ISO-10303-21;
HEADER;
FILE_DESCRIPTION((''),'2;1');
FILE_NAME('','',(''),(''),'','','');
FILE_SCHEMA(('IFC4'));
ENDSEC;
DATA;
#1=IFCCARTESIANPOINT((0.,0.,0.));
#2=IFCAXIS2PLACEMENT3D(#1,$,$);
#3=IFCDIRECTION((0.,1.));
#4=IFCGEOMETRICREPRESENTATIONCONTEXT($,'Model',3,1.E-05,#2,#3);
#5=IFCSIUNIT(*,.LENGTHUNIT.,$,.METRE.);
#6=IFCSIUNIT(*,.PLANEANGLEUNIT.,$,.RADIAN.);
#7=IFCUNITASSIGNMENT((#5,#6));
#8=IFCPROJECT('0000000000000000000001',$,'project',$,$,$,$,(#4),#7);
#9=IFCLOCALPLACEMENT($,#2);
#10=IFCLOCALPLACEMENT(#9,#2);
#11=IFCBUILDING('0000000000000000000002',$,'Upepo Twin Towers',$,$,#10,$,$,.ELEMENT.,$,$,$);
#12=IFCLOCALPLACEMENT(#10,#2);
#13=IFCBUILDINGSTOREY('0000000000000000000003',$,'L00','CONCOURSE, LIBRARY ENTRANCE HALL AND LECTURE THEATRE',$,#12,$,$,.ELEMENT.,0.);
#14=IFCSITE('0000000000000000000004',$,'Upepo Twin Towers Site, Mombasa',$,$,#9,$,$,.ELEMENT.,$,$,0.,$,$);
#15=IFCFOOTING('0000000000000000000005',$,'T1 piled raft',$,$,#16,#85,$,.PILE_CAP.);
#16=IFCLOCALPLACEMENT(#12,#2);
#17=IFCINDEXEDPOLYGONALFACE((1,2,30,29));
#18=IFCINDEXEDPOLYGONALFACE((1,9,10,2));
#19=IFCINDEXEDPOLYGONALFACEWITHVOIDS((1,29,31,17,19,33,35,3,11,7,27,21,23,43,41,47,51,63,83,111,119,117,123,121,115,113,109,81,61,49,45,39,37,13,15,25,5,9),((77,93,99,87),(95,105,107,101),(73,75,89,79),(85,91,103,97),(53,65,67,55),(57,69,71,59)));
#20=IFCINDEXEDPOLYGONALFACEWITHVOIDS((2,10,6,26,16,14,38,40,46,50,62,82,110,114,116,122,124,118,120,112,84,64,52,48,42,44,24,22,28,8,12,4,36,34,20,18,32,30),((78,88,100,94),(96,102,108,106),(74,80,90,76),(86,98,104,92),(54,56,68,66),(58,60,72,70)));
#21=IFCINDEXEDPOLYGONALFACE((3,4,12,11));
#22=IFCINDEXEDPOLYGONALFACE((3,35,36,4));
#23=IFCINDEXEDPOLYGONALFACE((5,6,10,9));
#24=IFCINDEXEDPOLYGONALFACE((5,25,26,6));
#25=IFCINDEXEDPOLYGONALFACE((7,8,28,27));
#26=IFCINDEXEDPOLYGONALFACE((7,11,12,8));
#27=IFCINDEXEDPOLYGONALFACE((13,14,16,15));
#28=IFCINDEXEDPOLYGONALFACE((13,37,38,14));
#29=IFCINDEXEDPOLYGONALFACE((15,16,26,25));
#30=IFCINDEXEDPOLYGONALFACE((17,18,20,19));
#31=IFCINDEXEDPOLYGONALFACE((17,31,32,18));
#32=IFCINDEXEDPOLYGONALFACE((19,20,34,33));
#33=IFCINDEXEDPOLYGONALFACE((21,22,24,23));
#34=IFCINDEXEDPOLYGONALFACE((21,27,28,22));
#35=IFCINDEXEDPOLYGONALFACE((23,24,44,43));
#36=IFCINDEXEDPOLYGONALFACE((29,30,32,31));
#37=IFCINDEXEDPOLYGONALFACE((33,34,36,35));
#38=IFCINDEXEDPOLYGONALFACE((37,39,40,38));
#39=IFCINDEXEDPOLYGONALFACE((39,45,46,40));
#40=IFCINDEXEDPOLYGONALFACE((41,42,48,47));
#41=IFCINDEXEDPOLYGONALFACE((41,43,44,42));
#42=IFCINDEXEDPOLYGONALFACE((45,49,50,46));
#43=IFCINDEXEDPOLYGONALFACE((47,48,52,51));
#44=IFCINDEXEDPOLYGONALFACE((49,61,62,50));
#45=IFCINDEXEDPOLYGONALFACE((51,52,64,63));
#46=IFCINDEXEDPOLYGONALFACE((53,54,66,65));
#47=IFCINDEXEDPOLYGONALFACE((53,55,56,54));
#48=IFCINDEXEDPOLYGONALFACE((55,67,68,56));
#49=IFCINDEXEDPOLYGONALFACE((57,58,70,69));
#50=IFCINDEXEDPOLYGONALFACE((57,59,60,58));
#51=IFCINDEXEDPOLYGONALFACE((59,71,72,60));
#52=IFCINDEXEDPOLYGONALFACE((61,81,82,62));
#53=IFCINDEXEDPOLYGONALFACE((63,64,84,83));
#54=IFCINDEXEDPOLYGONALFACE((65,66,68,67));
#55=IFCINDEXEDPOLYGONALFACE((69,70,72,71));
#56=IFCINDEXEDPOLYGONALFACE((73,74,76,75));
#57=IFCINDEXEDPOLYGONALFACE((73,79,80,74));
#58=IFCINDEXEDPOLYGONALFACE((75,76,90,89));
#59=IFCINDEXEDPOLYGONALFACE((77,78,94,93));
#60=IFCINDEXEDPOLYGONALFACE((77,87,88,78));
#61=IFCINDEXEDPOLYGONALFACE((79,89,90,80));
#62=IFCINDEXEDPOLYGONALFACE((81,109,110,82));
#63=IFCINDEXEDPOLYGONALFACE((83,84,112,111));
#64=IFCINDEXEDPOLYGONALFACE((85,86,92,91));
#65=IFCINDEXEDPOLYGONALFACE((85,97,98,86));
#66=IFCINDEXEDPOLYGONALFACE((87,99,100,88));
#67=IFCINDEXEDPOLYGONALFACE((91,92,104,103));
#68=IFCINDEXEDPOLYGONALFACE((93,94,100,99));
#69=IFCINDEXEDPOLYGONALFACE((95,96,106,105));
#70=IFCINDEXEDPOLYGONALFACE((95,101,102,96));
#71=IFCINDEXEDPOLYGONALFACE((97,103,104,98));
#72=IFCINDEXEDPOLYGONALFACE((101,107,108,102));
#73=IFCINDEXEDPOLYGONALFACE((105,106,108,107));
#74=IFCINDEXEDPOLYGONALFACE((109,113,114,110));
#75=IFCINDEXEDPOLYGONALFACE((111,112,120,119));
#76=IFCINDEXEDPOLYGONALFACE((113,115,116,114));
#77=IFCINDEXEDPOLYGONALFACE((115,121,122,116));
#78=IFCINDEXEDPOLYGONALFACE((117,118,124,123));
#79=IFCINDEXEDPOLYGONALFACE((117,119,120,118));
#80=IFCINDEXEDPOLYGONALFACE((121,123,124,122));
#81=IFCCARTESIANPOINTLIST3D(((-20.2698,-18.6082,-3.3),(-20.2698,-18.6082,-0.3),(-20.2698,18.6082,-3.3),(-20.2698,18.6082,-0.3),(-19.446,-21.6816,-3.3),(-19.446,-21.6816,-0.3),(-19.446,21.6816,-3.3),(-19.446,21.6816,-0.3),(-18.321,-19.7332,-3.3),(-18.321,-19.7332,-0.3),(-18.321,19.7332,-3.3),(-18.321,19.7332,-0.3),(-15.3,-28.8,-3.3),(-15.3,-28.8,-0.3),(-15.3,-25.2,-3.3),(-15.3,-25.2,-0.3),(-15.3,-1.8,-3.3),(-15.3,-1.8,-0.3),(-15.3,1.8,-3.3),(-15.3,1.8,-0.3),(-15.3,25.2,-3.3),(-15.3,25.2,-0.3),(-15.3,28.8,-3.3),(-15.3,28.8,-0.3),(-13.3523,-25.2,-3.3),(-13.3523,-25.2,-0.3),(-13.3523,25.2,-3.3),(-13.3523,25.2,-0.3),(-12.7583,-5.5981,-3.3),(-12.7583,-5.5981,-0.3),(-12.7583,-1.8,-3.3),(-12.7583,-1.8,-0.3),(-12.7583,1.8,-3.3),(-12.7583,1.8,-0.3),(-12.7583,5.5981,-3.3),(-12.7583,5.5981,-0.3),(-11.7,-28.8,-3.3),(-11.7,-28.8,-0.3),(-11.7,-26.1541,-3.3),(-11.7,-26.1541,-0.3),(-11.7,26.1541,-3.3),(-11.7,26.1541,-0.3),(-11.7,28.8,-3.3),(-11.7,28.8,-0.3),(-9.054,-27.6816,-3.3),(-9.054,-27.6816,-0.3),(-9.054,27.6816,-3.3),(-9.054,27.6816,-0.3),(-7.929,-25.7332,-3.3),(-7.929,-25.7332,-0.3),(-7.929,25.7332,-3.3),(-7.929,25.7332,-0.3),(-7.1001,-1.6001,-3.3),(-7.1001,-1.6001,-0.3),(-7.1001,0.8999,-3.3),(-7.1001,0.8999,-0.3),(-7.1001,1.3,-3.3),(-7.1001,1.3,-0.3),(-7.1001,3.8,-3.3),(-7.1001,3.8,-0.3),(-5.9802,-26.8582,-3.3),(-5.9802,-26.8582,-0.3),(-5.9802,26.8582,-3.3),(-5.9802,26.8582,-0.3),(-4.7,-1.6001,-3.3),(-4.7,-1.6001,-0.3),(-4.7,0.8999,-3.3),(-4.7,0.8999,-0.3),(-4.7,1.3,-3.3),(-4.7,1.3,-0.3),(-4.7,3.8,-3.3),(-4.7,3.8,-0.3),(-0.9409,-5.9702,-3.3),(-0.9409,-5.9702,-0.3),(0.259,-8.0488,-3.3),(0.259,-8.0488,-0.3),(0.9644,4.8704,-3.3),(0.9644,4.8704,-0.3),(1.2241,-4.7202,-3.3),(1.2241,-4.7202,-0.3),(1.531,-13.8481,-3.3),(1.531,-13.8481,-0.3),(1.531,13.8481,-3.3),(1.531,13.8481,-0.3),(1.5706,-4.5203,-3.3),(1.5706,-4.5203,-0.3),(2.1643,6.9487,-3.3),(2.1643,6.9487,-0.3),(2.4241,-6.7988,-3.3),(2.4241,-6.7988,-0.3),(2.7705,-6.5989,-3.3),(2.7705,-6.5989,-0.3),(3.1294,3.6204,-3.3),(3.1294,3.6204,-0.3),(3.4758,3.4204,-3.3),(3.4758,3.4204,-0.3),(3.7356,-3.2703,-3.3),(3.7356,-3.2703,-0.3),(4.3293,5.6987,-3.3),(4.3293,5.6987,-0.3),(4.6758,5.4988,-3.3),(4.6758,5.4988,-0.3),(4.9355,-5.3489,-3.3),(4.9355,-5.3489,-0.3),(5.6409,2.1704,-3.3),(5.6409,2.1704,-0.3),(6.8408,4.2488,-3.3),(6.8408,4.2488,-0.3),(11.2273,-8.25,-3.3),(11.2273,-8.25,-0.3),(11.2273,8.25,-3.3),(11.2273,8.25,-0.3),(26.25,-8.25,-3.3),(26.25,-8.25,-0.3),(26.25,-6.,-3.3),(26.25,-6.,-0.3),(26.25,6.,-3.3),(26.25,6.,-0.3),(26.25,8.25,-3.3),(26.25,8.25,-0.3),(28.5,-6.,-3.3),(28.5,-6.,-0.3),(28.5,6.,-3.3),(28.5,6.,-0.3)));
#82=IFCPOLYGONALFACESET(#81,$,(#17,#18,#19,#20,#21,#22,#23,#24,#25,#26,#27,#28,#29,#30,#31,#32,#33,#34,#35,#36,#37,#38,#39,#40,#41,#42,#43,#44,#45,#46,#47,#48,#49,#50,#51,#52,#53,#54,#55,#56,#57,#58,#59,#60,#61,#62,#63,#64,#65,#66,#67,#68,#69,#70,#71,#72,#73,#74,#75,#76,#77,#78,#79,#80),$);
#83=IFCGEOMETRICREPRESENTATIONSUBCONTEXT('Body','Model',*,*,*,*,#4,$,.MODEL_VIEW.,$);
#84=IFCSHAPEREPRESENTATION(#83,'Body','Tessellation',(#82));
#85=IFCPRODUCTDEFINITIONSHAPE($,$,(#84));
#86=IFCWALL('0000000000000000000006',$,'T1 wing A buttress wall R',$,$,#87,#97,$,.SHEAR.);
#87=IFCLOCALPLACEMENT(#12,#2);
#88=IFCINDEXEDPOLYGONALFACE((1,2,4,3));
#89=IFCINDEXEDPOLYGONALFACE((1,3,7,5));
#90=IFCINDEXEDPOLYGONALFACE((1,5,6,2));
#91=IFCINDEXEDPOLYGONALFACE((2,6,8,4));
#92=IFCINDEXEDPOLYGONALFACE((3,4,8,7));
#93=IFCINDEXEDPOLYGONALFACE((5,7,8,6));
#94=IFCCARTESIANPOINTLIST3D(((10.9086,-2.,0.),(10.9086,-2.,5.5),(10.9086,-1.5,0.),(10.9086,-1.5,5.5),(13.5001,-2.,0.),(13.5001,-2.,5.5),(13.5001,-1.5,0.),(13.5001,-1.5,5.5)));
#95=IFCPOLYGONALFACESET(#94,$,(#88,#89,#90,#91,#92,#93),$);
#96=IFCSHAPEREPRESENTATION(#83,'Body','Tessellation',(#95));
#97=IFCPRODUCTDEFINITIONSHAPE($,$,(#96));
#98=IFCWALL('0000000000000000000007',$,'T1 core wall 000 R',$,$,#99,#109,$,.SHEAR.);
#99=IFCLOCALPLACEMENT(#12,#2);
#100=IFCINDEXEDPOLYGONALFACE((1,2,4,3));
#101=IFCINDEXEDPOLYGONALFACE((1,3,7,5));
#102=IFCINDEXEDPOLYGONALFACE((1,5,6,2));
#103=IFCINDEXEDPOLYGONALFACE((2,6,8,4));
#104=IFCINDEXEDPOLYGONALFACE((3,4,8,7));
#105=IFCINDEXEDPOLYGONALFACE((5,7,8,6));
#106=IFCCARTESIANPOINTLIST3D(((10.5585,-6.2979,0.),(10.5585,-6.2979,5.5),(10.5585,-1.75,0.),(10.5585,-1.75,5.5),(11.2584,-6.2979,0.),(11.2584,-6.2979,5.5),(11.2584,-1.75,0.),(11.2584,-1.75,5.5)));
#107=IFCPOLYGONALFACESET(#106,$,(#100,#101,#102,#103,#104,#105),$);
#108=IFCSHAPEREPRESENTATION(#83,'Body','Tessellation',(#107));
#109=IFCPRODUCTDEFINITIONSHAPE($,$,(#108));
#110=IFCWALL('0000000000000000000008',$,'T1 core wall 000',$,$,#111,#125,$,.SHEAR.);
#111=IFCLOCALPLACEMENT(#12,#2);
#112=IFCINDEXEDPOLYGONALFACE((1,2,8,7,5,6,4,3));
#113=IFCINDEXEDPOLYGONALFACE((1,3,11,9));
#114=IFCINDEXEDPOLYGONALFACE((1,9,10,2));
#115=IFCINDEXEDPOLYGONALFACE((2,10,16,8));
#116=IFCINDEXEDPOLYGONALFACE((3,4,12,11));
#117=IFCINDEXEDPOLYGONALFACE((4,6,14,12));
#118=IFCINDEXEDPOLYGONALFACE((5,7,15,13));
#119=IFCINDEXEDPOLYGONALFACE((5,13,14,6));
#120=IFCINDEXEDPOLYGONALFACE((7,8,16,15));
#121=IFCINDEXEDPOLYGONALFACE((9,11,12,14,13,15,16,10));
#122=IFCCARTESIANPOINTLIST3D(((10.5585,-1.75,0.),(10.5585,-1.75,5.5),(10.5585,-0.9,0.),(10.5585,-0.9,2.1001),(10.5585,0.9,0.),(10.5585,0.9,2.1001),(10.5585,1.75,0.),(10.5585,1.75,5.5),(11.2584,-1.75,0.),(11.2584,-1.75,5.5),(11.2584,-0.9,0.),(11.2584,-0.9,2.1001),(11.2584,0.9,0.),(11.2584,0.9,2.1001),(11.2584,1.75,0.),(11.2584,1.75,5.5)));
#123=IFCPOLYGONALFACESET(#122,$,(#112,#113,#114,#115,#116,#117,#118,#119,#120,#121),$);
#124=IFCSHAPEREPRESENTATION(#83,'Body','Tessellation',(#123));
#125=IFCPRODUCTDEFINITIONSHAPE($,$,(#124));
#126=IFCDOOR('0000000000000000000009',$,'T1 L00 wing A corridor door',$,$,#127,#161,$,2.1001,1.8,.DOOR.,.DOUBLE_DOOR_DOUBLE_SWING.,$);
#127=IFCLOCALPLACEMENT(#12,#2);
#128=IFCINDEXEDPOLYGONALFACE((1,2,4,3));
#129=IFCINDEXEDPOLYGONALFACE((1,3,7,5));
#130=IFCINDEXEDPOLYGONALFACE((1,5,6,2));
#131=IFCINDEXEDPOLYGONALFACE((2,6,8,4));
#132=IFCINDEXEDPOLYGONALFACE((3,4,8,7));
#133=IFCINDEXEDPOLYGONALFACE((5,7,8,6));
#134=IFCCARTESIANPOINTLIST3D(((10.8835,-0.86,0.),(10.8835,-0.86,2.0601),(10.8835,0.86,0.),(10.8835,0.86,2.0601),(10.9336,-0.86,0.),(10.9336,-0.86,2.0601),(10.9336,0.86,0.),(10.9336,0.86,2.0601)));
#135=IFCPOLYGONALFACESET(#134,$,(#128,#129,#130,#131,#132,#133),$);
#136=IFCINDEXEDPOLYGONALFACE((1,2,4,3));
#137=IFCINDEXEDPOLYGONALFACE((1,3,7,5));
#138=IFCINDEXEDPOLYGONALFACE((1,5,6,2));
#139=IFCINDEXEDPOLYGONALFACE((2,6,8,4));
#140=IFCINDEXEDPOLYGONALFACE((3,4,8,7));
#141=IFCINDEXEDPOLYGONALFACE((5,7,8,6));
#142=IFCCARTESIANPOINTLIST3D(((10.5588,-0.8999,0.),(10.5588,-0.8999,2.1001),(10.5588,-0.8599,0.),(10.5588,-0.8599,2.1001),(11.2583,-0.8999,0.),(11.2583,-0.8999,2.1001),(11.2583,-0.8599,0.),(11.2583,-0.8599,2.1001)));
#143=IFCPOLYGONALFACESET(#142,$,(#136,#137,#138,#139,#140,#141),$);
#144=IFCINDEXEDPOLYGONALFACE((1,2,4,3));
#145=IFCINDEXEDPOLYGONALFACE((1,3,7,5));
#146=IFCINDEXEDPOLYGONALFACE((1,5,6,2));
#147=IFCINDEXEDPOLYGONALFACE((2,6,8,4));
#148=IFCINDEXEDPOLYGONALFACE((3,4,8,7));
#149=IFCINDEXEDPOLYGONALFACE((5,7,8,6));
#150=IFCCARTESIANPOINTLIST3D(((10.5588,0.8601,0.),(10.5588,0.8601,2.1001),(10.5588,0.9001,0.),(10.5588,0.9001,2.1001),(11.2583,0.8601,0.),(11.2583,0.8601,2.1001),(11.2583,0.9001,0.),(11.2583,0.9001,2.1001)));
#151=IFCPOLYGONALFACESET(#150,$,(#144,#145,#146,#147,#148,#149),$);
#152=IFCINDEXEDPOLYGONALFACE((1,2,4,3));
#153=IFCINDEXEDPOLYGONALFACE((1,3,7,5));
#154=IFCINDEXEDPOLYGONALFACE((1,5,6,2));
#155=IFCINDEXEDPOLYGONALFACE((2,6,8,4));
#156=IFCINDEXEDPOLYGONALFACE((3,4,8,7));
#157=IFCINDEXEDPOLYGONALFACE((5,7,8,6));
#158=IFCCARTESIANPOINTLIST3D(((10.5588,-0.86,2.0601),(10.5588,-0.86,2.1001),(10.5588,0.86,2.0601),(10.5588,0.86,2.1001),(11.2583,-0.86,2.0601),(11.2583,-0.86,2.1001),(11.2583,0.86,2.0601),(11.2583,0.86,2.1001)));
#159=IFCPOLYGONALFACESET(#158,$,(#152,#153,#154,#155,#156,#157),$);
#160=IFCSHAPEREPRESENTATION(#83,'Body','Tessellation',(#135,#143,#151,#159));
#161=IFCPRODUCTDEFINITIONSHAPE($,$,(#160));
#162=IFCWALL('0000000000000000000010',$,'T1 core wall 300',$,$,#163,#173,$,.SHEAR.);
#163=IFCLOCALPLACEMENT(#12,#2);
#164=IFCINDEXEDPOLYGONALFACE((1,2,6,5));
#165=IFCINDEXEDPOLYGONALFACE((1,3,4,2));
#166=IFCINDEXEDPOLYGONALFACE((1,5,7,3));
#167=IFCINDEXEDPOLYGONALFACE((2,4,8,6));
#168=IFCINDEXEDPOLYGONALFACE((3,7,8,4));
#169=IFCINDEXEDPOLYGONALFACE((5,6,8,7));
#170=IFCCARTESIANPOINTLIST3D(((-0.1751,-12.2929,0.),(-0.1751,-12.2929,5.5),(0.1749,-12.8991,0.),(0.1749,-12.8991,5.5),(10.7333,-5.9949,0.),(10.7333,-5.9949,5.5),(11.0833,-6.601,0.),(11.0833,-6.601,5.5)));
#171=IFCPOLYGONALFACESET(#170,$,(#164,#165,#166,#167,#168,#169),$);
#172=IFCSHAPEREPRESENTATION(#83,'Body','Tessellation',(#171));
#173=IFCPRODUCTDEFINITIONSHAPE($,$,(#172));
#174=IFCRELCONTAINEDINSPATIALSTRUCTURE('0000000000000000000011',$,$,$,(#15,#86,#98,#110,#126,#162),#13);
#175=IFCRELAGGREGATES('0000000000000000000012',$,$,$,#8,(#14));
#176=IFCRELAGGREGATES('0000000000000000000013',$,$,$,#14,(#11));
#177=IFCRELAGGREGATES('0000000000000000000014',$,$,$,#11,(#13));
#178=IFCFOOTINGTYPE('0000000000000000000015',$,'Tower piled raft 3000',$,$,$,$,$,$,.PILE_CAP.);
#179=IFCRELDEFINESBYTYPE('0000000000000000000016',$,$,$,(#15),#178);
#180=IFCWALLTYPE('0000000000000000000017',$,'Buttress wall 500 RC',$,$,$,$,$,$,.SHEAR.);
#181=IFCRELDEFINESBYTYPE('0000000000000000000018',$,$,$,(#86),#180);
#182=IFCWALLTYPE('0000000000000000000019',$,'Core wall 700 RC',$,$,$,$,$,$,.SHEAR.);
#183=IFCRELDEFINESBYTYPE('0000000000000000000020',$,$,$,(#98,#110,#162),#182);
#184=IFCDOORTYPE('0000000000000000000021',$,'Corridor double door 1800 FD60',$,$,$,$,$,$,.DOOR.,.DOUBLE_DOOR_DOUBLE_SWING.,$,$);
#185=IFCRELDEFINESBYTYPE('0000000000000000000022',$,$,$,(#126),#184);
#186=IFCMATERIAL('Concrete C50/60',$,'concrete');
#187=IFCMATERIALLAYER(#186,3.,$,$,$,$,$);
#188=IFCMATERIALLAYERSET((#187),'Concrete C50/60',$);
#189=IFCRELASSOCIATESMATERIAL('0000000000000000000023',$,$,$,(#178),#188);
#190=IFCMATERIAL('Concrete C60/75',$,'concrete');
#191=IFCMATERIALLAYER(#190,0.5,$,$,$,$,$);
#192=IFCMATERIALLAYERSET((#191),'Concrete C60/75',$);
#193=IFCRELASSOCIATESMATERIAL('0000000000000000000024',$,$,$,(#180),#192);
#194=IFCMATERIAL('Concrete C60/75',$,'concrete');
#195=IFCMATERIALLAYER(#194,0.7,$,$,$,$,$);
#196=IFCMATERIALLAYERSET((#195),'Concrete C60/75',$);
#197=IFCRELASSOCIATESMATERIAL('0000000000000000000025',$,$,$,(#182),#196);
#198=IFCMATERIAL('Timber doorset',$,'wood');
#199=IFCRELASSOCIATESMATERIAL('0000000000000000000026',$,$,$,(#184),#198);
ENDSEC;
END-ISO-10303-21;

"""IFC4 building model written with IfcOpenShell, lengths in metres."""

from ifc_helpers import new_model, si_unit, direction, frame, frame_2d, origin, place, context, subcontext, project, spatial, polyline, rectangle, outline, extrude, material, layer, layer_set, type_object, element, fill, save


model = new_model("IFC4")

# Units and contexts
model_context = context("Model", 3, precision=1e-05, world=origin(), true_north=direction((0.0, 1.0)))
body_context = subcontext(model_context, "Body", "Model", "MODEL_VIEW")
ifc_project = project(units=[si_unit("LENGTHUNIT", "METRE"), si_unit("PLANEANGLEUNIT", "RADIAN")], contexts=[model_context])

# Site, building, storey
site_placement = place(None, origin())
site = spatial("IfcSite", under=ifc_project, at=site_placement, Name="Upepo Twin Towers Site, Mombasa", CompositionType="ELEMENT", RefElevation=0.0)
building_placement = place(site_placement, origin())
building = spatial("IfcBuilding", under=site, at=building_placement, Name="Upepo Twin Towers", CompositionType="ELEMENT")
storey_placement = place(building_placement, origin())
storey = spatial("IfcBuildingStorey", under=building, at=storey_placement, Name="L00", Description="CONCOURSE, LIBRARY ENTRANCE HALL AND LECTURE THEATRE", CompositionType="ELEMENT", Elevation=0.0)

# Footing
ifc_material_1 = material(Name="Concrete C50/60", Category="concrete")
ifc_layer_1 = layer(ifc_material_1, 3.0)
ifc_layer_set_1 = layer_set([ifc_layer_1], Name="Concrete C50/60")
footing_type_1 = type_object("IfcFootingType", Name="Tower piled raft 3000", PredefinedType="PILE_CAP", material=ifc_layer_set_1)
footing_1_placement = place(storey_placement, frame((0.0, 0.0, -3.3)))
element("IfcFooting", 1, at=footing_1_placement, inside=storey, type_object=footing_type_1, Name="T1 piled raft", PredefinedType="PILE_CAP", context=body_context, shape_type="SweptSolid", body=[
    extrude(outline(polyline([(-15.3, -25.2), (-13.3523, -25.2), (-19.446, -21.6816), (-18.321, -19.7332), (-20.2698, -18.6082), (-12.7583, -5.5981), (-12.7583, -1.8), (-15.3, -1.8), (-15.3, 1.8), (-12.7583, 1.8), (-12.7583, 5.5981), (-20.2698, 18.6082), (-18.321, 19.7332), (-19.446, 21.6816), (-13.3523, 25.2), (-15.3, 25.2), (-15.3, 28.8), (-11.7, 28.8), (-11.7, 26.1541), (-9.054, 27.6816), (-7.929, 25.7332), (-5.9802, 26.8582), (1.531, 13.8481), (11.2273, 8.25), (26.25, 8.25), (26.25, 6.0), (28.5, 6.0), (28.5, -6.0), (26.25, -6.0), (26.25, -8.25), (11.2273, -8.25), (1.531, -13.8481), (-5.9802, -26.8582), (-7.929, -25.7332), (-9.054, -27.6816), (-11.7, -26.1541), (-11.7, -28.8), (-15.3, -28.8), (-15.3, -25.2)]), holes=[polyline([(5.6409, 2.1704), (6.8408, 4.2488), (4.6758, 5.4988), (3.4758, 3.4204), (5.6409, 2.1704)]), polyline([(3.1294, 3.6204), (4.3293, 5.6987), (2.1643, 6.9487), (0.9644, 4.8704), (3.1294, 3.6204)]), polyline([(-4.7, 3.8), (-7.1001, 3.8), (-7.1001, 1.3), (-4.7, 1.3), (-4.7, 3.8)]), polyline([(-4.7, 0.8999), (-7.1001, 0.8999), (-7.1001, -1.6001), (-4.7, -1.6001), (-4.7, 0.8999)]), polyline([(-0.9409, -5.9702), (0.259, -8.0488), (2.4241, -6.7988), (1.2241, -4.7202), (-0.9409, -5.9702)]), polyline([(1.5706, -4.5203), (2.7705, -6.5989), (4.9355, -5.3489), (3.7356, -3.2703), (1.5706, -4.5203)])]), origin(), (0.0, 0.0, 1.0), 3.0),
])

# Walls
ifc_material_2 = material(Name="Concrete C60/75", Category="concrete")
ifc_layer_2 = layer(ifc_material_2, 0.5)
ifc_layer_set_2 = layer_set([ifc_layer_2], Name="Concrete C60/75")
wall_type_1 = type_object("IfcWallType", Name="Buttress wall 500 RC", PredefinedType="SHEAR", material=ifc_layer_set_2)
wall_1_placement = place(storey_placement, frame((10.9084, -1.75, 0.0), z_axis=(0.0, 0.0, 1.0), x_axis=(1.0, 0.0, 0.0)))
element("IfcWall", 2, at=wall_1_placement, inside=storey, type_object=wall_type_1, Name="T1 wing A buttress wall R", PredefinedType="SHEAR", context=body_context, shape_type="SweptSolid", body=[
    extrude(rectangle(XDim=2.5916, YDim=0.5, at=frame_2d((1.2959, 0.0))), origin(), (0.0, 0.0, 1.0), 5.5),
])
ifc_material_3 = material(Name="Concrete C60/75", Category="concrete")
ifc_layer_3 = layer(ifc_material_3, 0.7)
ifc_layer_set_3 = layer_set([ifc_layer_3], Name="Concrete C60/75")
wall_type_2 = type_object("IfcWallType", Name="Core wall 700 RC", PredefinedType="SHEAR", material=ifc_layer_set_3)
wall_2_placement = place(storey_placement, frame((10.9084, -6.2979, 0.0), z_axis=(0.0, 0.0, 1.0), x_axis=(0.0, 1.0, 0.0)))
element("IfcWall", 3, at=wall_2_placement, inside=storey, type_object=wall_type_2, Name="T1 core wall 000 R", PredefinedType="SHEAR", context=body_context, shape_type="SweptSolid", body=[
    extrude(rectangle(XDim=4.5479, YDim=0.7, at=frame_2d((2.2739, 0.0))), origin(), (0.0, 0.0, 1.0), 5.5),
])

# Wall, opening, door
wall_3_placement = place(storey_placement, frame((10.9084, -1.75, 0.0), z_axis=(0.0, 0.0, 1.0), x_axis=(0.0, 1.0, 0.0)))
wall_3 = element("IfcWall", 4, at=wall_3_placement, inside=storey, type_object=wall_type_2, Name="T1 core wall 000", PredefinedType="SHEAR", context=body_context, shape_type="SweptSolid", body=[
    extrude(rectangle(XDim=3.5, YDim=0.7, at=frame_2d((1.75, 0.0))), origin(), (0.0, 0.0, 1.0), 5.5),
])
opening_1_placement = place(wall_3_placement, frame((0.8501, 0.0, 0.0)))
opening_1 = element("IfcOpeningElement", 5, at=opening_1_placement, cuts=wall_3, PredefinedType="OPENING", context=body_context, shape_type="SweptSolid", body=[
    extrude(rectangle(XDim=1.8, YDim=2.1001, at=frame_2d((0.8999, 1.05))), frame((0.0, 0.3599, 0.0), z_axis=(0.0, -1.0, 0.0), x_axis=(1.0, 0.0, 0.0)), (0.0, 0.0, 1.0), 0.72),
])
ifc_material_4 = material(Name="Timber doorset", Category="wood")
door_type_1 = type_object("IfcDoorType", Name="Corridor double door 1800 FD60", OperationType="DOUBLE_DOOR_DOUBLE_SWING", PredefinedType="DOOR", material=ifc_material_4)
door_1_placement = place(opening_1_placement, origin())
door_1 = element("IfcDoor", 6, at=door_1_placement, inside=storey, type_object=door_type_1, Name="T1 L00 wing A corridor door", OperationType="DOUBLE_DOOR_DOUBLE_SWING", OverallHeight=2.1001, OverallWidth=1.8, PredefinedType="DOOR", context=body_context, shape_type="SweptSolid", body=[
    extrude(rectangle(XDim=1.72, YDim=2.0601, at=frame_2d((0.8999, 1.03))), frame((0.0, 0.0249, 0.0), z_axis=(0.0, -1.0, 0.0), x_axis=(1.0, 0.0, 0.0)), (0.0, 0.0, 1.0), 0.05),
    extrude(rectangle(XDim=0.04, YDim=2.1001, at=frame_2d((0.02, 1.05))), frame((0.0, 0.3496, 0.0), z_axis=(0.0, -1.0, 0.0), x_axis=(1.0, 0.0, 0.0)), (0.0, 0.0, 1.0), 0.6995),
    extrude(rectangle(XDim=0.04, YDim=2.1001, at=frame_2d((1.78, 1.05))), frame((0.0, 0.3496, 0.0), z_axis=(0.0, -1.0, 0.0), x_axis=(1.0, 0.0, 0.0)), (0.0, 0.0, 1.0), 0.6995),
    extrude(rectangle(XDim=1.72, YDim=0.04, at=frame_2d((0.8999, 2.0801))), frame((0.0, 0.3496, 0.0), z_axis=(0.0, -1.0, 0.0), x_axis=(1.0, 0.0, 0.0)), (0.0, 0.0, 1.0), 0.6995),
])
fill(opening_1, door_1)

# Wall
wall_4_placement = place(storey_placement, frame((0.0, -12.5959, 0.0), z_axis=(0.0, 0.0, 1.0), x_axis=(0.866022, 0.500006, 0.0)))
element("IfcWall", 7, at=wall_4_placement, inside=storey, type_object=wall_type_2, Name="T1 core wall 300", PredefinedType="SHEAR", context=body_context, shape_type="SweptSolid", body=[
    extrude(rectangle(XDim=12.5959, YDim=0.7, at=frame_2d((6.2979, 0.0))), origin(), (0.0, 0.0, 1.0), 5.5),
])

save(model, "model.ifc")
